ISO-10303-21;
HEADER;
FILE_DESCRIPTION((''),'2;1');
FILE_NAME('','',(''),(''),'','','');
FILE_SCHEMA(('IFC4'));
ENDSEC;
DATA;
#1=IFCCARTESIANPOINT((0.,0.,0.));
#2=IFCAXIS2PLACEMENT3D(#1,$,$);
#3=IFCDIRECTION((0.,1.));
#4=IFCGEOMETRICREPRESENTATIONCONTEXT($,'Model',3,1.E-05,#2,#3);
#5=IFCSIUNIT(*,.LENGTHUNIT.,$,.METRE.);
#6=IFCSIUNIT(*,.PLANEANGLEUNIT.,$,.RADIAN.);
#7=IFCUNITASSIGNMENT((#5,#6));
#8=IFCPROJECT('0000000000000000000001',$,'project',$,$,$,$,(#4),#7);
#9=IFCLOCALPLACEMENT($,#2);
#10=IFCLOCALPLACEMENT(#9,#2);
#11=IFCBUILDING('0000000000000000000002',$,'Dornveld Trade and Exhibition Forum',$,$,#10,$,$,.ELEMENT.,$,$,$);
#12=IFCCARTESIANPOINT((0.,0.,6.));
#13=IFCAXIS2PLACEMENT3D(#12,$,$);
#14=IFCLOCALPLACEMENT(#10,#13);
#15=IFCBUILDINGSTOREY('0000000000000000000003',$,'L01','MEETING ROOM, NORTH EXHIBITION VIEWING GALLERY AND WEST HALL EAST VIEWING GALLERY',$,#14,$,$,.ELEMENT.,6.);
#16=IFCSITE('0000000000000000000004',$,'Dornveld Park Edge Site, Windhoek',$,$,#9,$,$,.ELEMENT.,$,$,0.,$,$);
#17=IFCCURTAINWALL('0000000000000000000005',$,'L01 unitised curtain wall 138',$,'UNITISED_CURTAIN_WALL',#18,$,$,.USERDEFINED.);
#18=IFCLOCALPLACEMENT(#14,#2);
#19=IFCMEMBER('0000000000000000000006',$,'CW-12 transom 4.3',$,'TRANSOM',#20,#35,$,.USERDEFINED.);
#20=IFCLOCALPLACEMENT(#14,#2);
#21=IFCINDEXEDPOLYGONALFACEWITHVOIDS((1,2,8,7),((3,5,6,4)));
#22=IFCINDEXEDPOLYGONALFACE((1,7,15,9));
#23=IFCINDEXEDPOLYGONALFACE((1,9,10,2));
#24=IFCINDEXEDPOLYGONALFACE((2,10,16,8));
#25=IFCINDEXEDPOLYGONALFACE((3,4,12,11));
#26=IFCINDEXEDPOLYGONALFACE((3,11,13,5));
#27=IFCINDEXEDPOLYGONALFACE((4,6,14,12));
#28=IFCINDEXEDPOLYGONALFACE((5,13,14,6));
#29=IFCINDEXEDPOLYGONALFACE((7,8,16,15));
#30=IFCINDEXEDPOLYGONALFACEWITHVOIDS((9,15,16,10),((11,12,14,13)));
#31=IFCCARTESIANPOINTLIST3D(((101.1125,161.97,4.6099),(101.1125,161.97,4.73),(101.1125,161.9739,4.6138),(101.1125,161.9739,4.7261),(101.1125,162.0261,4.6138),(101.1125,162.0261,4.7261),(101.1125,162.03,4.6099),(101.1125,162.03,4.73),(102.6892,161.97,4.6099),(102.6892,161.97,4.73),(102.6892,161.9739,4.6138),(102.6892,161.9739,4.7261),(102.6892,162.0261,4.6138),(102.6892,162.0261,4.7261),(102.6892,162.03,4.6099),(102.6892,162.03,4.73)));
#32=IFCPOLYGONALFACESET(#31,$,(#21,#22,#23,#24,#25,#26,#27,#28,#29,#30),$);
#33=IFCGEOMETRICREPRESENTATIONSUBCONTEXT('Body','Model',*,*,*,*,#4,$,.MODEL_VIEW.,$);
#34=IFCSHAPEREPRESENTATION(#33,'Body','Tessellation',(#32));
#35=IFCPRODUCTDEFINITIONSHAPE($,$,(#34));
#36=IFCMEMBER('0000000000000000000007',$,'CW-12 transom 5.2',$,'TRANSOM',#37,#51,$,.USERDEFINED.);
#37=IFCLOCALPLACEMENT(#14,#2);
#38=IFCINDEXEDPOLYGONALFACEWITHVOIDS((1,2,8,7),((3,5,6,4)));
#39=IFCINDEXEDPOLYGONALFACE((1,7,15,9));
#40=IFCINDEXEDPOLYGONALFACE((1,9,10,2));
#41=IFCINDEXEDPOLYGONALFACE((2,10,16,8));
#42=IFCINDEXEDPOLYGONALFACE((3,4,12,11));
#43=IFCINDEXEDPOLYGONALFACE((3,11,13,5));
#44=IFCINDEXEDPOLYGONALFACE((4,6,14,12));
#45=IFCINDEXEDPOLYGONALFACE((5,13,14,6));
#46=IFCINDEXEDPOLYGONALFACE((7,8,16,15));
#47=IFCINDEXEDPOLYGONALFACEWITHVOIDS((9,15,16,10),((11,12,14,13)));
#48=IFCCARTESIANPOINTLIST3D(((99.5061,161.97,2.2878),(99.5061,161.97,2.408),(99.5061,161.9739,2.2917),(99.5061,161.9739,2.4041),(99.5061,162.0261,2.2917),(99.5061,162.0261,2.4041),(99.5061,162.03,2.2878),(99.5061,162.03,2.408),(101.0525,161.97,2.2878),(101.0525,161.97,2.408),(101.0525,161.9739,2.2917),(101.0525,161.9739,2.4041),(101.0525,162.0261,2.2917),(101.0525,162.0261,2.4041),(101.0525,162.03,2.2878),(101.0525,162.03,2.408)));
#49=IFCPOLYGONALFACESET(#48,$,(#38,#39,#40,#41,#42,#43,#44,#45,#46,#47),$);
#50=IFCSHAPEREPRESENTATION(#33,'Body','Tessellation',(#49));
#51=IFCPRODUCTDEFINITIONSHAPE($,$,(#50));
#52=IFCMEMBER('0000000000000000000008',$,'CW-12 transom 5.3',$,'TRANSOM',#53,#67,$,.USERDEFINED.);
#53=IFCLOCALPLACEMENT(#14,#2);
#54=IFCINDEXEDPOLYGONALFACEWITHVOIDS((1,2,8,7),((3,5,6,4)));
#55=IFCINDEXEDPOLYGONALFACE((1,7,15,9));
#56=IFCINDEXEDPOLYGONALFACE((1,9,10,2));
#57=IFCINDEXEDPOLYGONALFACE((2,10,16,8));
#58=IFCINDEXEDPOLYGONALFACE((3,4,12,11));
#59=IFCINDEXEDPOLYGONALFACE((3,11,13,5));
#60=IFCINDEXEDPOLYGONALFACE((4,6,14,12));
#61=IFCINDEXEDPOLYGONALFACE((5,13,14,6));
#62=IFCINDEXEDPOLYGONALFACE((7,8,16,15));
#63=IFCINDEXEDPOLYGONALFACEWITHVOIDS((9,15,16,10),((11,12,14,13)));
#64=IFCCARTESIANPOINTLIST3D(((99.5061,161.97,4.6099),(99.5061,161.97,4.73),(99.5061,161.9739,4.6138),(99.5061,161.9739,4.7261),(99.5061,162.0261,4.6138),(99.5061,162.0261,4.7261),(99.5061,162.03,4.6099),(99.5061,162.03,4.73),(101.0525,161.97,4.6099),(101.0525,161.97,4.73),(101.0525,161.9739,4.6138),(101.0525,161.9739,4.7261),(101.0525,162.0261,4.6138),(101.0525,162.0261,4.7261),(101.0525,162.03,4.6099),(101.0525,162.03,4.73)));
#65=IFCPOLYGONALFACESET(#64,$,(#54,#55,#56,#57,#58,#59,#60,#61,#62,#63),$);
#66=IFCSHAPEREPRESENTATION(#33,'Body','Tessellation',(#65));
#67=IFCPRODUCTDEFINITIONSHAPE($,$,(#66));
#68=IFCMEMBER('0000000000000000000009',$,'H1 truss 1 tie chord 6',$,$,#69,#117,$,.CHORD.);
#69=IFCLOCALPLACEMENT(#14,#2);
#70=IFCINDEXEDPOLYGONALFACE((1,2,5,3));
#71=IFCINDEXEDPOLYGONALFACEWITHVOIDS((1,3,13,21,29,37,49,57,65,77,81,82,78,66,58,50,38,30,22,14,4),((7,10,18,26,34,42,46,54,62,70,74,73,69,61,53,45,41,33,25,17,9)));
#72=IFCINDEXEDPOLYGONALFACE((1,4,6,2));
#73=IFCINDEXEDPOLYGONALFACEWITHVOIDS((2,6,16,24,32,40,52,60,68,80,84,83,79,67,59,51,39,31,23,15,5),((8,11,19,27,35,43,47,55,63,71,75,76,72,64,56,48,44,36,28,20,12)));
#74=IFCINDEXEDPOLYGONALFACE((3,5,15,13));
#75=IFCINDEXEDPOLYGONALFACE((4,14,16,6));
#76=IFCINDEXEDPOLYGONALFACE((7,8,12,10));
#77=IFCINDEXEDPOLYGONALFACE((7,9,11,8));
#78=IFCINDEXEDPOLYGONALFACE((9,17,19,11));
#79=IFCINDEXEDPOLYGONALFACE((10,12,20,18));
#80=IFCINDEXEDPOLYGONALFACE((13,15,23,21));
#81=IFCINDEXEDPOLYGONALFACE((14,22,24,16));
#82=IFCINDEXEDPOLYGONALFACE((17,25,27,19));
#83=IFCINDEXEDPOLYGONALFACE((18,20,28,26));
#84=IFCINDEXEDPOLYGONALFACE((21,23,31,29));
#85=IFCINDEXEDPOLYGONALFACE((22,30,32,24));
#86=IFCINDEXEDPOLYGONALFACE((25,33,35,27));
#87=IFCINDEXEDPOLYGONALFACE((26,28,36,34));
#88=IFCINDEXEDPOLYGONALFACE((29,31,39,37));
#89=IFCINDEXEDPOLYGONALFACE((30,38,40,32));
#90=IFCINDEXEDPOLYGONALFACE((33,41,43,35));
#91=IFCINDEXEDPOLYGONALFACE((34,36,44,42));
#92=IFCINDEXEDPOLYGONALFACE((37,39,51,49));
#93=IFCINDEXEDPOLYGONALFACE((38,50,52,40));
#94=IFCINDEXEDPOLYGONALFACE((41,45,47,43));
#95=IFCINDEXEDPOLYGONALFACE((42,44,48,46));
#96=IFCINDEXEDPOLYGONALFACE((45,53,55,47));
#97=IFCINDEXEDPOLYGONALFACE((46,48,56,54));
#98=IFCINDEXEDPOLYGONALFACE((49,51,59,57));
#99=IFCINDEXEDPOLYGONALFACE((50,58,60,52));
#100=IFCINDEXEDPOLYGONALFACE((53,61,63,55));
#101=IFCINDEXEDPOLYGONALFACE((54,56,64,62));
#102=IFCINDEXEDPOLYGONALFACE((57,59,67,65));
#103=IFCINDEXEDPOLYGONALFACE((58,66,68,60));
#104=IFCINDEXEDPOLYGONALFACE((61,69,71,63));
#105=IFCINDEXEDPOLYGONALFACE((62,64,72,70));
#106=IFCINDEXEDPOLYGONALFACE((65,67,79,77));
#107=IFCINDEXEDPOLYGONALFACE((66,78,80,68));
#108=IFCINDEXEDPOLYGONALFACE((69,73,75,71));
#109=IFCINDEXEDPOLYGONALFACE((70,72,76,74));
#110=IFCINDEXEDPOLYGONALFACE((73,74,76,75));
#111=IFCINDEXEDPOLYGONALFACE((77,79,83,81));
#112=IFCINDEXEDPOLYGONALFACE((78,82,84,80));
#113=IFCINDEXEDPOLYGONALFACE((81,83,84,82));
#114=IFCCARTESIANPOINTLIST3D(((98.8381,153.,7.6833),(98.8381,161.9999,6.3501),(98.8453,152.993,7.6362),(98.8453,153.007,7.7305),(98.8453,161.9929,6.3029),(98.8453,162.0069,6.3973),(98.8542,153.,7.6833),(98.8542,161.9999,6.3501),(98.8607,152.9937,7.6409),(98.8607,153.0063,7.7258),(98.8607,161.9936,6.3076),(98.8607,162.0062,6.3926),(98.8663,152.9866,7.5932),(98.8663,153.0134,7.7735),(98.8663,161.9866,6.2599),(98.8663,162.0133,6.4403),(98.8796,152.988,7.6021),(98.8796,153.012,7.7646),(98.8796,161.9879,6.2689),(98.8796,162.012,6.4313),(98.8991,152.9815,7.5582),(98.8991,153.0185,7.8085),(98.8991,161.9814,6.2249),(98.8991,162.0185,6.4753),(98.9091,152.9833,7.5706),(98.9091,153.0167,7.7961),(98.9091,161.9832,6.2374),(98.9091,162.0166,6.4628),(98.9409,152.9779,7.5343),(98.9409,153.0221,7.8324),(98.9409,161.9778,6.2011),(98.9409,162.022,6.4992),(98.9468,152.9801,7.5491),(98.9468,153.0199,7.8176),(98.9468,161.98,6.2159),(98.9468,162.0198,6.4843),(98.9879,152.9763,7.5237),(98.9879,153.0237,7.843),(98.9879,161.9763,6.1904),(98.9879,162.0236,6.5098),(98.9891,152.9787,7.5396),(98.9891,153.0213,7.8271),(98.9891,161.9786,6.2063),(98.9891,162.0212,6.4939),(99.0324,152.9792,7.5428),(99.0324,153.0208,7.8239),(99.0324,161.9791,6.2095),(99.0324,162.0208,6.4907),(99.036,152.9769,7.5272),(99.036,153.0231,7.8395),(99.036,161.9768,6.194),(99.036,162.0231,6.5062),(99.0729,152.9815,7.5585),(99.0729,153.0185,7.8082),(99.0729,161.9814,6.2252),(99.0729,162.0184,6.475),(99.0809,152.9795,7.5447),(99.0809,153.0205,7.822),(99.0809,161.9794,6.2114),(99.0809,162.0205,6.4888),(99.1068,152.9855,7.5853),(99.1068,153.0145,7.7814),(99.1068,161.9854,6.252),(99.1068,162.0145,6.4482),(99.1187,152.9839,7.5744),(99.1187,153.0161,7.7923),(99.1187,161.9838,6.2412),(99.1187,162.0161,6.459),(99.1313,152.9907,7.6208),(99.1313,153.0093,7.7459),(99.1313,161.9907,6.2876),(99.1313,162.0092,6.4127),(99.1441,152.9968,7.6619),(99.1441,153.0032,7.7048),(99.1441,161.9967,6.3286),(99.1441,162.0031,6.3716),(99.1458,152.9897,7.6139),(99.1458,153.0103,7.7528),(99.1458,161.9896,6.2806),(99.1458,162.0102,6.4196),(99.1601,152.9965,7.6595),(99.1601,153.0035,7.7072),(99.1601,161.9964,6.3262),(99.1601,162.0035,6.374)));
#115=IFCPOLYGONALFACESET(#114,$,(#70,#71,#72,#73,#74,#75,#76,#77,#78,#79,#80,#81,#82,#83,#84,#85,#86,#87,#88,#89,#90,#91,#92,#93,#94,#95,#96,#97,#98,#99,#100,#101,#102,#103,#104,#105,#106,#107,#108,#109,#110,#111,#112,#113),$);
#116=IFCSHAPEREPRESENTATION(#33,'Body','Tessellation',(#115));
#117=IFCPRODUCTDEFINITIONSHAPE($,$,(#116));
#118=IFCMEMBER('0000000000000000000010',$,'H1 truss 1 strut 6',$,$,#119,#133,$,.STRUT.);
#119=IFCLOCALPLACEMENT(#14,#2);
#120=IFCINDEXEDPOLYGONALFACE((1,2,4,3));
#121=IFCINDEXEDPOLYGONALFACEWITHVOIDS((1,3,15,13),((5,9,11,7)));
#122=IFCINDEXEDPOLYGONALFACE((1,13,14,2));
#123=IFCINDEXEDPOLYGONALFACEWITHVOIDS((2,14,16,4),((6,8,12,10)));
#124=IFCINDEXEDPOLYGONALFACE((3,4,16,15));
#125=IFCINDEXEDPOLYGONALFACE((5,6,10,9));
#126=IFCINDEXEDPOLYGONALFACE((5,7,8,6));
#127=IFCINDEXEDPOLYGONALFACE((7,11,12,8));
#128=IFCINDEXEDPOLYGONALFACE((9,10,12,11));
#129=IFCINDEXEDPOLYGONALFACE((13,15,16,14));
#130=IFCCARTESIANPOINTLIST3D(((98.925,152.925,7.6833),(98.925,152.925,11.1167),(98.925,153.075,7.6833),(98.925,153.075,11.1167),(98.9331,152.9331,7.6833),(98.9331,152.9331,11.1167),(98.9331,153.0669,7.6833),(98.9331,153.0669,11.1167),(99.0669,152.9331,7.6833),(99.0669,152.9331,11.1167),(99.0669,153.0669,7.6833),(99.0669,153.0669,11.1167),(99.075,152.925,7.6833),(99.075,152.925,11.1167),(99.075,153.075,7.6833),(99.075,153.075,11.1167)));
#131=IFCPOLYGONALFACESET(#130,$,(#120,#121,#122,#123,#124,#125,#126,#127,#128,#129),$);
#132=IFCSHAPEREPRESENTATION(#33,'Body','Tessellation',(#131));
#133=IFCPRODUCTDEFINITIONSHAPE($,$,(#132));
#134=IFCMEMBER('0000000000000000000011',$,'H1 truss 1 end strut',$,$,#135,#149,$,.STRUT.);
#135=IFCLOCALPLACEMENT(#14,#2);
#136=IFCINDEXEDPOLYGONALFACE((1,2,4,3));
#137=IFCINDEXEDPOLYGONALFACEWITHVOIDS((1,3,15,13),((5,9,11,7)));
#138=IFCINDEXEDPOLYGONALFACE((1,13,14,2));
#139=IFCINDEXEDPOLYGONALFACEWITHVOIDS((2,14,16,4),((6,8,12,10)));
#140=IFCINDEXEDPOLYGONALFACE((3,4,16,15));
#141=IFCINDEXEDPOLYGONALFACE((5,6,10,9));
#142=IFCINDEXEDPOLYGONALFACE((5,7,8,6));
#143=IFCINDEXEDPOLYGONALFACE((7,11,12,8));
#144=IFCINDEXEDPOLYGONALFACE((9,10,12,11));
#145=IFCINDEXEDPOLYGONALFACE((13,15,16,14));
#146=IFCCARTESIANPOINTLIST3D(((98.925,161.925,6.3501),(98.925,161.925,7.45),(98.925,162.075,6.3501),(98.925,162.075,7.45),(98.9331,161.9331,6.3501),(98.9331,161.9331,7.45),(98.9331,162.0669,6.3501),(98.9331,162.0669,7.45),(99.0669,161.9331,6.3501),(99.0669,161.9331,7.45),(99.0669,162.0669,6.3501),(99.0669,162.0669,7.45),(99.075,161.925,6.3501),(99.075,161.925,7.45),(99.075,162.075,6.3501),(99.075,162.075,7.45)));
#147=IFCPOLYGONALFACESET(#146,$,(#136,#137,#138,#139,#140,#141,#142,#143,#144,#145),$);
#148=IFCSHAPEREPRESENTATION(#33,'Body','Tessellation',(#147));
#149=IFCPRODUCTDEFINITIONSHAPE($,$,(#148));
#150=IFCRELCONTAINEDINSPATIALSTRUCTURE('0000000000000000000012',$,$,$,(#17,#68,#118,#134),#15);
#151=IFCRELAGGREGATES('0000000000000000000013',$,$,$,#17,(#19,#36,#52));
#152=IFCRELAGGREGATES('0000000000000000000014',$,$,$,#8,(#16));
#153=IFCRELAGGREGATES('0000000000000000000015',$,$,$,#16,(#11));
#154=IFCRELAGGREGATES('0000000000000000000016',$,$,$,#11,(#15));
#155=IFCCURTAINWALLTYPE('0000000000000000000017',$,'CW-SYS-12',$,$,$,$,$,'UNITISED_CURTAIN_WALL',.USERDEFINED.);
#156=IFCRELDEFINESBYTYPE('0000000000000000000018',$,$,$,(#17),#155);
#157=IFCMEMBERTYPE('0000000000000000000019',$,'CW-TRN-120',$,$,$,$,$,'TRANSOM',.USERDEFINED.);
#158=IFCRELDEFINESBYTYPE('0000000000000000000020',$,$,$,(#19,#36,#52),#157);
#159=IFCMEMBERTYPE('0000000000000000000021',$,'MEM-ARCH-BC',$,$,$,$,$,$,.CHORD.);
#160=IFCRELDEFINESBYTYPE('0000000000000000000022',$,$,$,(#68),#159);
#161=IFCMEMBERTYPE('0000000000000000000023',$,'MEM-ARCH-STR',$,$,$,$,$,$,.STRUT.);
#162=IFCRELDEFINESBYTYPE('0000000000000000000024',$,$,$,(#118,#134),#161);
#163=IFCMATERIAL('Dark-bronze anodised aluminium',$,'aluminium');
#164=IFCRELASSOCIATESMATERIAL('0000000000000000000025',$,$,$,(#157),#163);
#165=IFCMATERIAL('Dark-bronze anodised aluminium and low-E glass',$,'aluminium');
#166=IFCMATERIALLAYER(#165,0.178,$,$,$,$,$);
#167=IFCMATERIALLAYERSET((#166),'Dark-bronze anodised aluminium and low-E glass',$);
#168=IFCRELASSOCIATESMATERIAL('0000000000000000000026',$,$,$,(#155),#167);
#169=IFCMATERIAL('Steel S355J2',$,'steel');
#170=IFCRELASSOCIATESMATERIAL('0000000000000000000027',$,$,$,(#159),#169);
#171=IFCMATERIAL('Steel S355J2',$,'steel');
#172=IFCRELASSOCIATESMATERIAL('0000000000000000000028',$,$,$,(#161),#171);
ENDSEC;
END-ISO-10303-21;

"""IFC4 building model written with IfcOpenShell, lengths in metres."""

from ifc_helpers import new_model, si_unit, direction, frame, origin, origin_2d, place, context, subcontext, project, spatial, hollow_rectangle, hollow_circle, extrude, material, layer, layer_set, material_profile, profile_set, type_object, element, aggregate, save


model = new_model("IFC4")

# Units and contexts
model_context = context("Model", 3, precision=1e-05, world=origin(), true_north=direction((0.0, 1.0)))
body_context = subcontext(model_context, "Body", "Model", "MODEL_VIEW")
ifc_project = project(units=[si_unit("LENGTHUNIT", "METRE"), si_unit("PLANEANGLEUNIT", "RADIAN")], contexts=[model_context])

# Site, building, storey
site_placement = place(None, origin())
site = spatial("IfcSite", under=ifc_project, at=site_placement, Name="Dornveld Park Edge Site, Windhoek", CompositionType="ELEMENT", RefElevation=0.0)
building_placement = place(site_placement, origin())
building = spatial("IfcBuilding", under=site, at=building_placement, Name="Dornveld Trade and Exhibition Forum", CompositionType="ELEMENT")
storey_placement = place(building_placement, frame((0.0, 0.0, 6.0)))
storey = spatial("IfcBuildingStorey", under=building, at=storey_placement, Name="L01", Description="MEETING ROOM, NORTH EXHIBITION VIEWING GALLERY AND WEST HALL EAST VIEWING GALLERY", CompositionType="ELEMENT", Elevation=6.0)

# Shared definitions
ifc_material_1 = material(Name="Dark-bronze anodised aluminium", Category="aluminium")
ifc_material_profile_1 = material_profile(ifc_material_1, hollow_rectangle(XDim=0.0601, YDim=0.1201, WallThickness=0.0039, at=origin_2d()), Name="RHS 120x60x4")
ifc_profile_set_1 = profile_set([ifc_material_profile_1], Name="Dark-bronze anodised aluminium")
member_type_1 = type_object("IfcMemberType", Name="CW-TRN-120", ElementType="TRANSOM", PredefinedType="USERDEFINED", material=ifc_profile_set_1)

# Curtain wall, members
ifc_material_2 = material(Name="Dark-bronze anodised aluminium and low-E glass", Category="aluminium")
ifc_layer_1 = layer(ifc_material_2, 0.178)
ifc_layer_set_1 = layer_set([ifc_layer_1], Name="Dark-bronze anodised aluminium and low-E glass")
curtain_wall_type_1 = type_object("IfcCurtainWallType", Name="CW-SYS-12", ElementType="UNITISED_CURTAIN_WALL", PredefinedType="USERDEFINED", material=ifc_layer_set_1)
curtain_wall_1_placement = place(storey_placement, origin())
curtain_wall_1 = element("IfcCurtainWall", 1, at=curtain_wall_1_placement, inside=storey, type_object=curtain_wall_type_1, Name="L01 unitised curtain wall 138", ObjectType="UNITISED_CURTAIN_WALL", PredefinedType="USERDEFINED")
member_1_placement = place(storey_placement, frame((102.6892, 162.0, 4.6699), z_axis=(-1.0, 0.0, 0.0), x_axis=(0.0, -1.0, 0.0)))
member_1 = element("IfcMember", 2, at=member_1_placement, type_object=member_type_1, Name="CW-12 transom 4.3", ObjectType="TRANSOM", PredefinedType="USERDEFINED", context=body_context, shape_type="SweptSolid", body=[
    extrude(hollow_rectangle(XDim=0.0601, YDim=0.1201, WallThickness=0.0039, at=origin_2d()), origin(), (0.0, 0.0, 1.0), 1.5767),
])
member_2_placement = place(storey_placement, frame((101.0525, 162.0, 2.3479), z_axis=(-1.0, 0.0, 0.0), x_axis=(0.0, -1.0, 0.0)))
member_2 = element("IfcMember", 3, at=member_2_placement, type_object=member_type_1, Name="CW-12 transom 5.2", ObjectType="TRANSOM", PredefinedType="USERDEFINED", context=body_context, shape_type="SweptSolid", body=[
    extrude(hollow_rectangle(XDim=0.0601, YDim=0.1201, WallThickness=0.0039, at=origin_2d()), origin(), (0.0, 0.0, 1.0), 1.5464),
])
member_3_placement = place(storey_placement, frame((101.0525, 162.0, 4.6699), z_axis=(-1.0, 0.0, 0.0), x_axis=(0.0, -1.0, 0.0)))
member_3 = element("IfcMember", 4, at=member_3_placement, type_object=member_type_1, Name="CW-12 transom 5.3", ObjectType="TRANSOM", PredefinedType="USERDEFINED", context=body_context, shape_type="SweptSolid", body=[
    extrude(hollow_rectangle(XDim=0.0601, YDim=0.1201, WallThickness=0.0039, at=origin_2d()), origin(), (0.0, 0.0, 1.0), 1.5464),
])

# Members
ifc_material_3 = material(Name="Steel S355J2", Category="steel")
ifc_material_profile_2 = material_profile(ifc_material_3, hollow_circle(Radius=0.1619, WallThickness=0.0161, at=origin_2d()), Name="CHS 323.9x16")
ifc_profile_set_2 = profile_set([ifc_material_profile_2], Name="Steel S355J2")
member_type_2 = type_object("IfcMemberType", Name="MEM-ARCH-BC", PredefinedType="CHORD", material=ifc_profile_set_2)
member_4_placement = place(storey_placement, frame((99.0, 153.0, 7.6833), z_axis=(0.0, 0.989205, -0.14654), x_axis=(-1.0, 0.0, 0.0)))
element("IfcMember", 5, at=member_4_placement, inside=storey, type_object=member_type_2, Name="H1 truss 1 tie chord 6", PredefinedType="CHORD", context=body_context, shape_type="SweptSolid", body=[
    extrude(hollow_circle(Radius=0.1619, WallThickness=0.0161, at=origin_2d()), origin(), (0.0, 0.0, 1.0), 9.0981),
])
ifc_material_4 = material(Name="Steel S355J2", Category="steel")
ifc_material_profile_3 = material_profile(ifc_material_4, hollow_rectangle(XDim=0.1499, YDim=0.1499, WallThickness=0.0081, at=origin_2d()), Name="SHS 150x150x8")
ifc_profile_set_3 = profile_set([ifc_material_profile_3], Name="Steel S355J2")
member_type_3 = type_object("IfcMemberType", Name="MEM-ARCH-STR", PredefinedType="STRUT", material=ifc_profile_set_3)
member_5_placement = place(storey_placement, frame((99.0, 153.0, 7.6833), z_axis=(0.0, 0.0, 1.0), x_axis=(1.0, 0.0, 0.0)))
element("IfcMember", 6, at=member_5_placement, inside=storey, type_object=member_type_3, Name="H1 truss 1 strut 6", PredefinedType="STRUT", context=body_context, shape_type="SweptSolid", body=[
    extrude(hollow_rectangle(XDim=0.1499, YDim=0.1499, WallThickness=0.0081, at=origin_2d()), origin(), (0.0, 0.0, 1.0), 3.4333),
])
member_6_placement = place(storey_placement, frame((99.0, 162.0, 6.3501), z_axis=(0.0, 0.0, 1.0), x_axis=(1.0, 0.0, 0.0)))
element("IfcMember", 7, at=member_6_placement, inside=storey, type_object=member_type_3, Name="H1 truss 1 end strut", PredefinedType="STRUT", context=body_context, shape_type="SweptSolid", body=[
    extrude(hollow_rectangle(XDim=0.1499, YDim=0.1499, WallThickness=0.0081, at=origin_2d()), origin(), (0.0, 0.0, 1.0), 1.0999),
])

aggregate(curtain_wall_1, [member_1, member_2, member_3])

save(model, "model.ifc")
